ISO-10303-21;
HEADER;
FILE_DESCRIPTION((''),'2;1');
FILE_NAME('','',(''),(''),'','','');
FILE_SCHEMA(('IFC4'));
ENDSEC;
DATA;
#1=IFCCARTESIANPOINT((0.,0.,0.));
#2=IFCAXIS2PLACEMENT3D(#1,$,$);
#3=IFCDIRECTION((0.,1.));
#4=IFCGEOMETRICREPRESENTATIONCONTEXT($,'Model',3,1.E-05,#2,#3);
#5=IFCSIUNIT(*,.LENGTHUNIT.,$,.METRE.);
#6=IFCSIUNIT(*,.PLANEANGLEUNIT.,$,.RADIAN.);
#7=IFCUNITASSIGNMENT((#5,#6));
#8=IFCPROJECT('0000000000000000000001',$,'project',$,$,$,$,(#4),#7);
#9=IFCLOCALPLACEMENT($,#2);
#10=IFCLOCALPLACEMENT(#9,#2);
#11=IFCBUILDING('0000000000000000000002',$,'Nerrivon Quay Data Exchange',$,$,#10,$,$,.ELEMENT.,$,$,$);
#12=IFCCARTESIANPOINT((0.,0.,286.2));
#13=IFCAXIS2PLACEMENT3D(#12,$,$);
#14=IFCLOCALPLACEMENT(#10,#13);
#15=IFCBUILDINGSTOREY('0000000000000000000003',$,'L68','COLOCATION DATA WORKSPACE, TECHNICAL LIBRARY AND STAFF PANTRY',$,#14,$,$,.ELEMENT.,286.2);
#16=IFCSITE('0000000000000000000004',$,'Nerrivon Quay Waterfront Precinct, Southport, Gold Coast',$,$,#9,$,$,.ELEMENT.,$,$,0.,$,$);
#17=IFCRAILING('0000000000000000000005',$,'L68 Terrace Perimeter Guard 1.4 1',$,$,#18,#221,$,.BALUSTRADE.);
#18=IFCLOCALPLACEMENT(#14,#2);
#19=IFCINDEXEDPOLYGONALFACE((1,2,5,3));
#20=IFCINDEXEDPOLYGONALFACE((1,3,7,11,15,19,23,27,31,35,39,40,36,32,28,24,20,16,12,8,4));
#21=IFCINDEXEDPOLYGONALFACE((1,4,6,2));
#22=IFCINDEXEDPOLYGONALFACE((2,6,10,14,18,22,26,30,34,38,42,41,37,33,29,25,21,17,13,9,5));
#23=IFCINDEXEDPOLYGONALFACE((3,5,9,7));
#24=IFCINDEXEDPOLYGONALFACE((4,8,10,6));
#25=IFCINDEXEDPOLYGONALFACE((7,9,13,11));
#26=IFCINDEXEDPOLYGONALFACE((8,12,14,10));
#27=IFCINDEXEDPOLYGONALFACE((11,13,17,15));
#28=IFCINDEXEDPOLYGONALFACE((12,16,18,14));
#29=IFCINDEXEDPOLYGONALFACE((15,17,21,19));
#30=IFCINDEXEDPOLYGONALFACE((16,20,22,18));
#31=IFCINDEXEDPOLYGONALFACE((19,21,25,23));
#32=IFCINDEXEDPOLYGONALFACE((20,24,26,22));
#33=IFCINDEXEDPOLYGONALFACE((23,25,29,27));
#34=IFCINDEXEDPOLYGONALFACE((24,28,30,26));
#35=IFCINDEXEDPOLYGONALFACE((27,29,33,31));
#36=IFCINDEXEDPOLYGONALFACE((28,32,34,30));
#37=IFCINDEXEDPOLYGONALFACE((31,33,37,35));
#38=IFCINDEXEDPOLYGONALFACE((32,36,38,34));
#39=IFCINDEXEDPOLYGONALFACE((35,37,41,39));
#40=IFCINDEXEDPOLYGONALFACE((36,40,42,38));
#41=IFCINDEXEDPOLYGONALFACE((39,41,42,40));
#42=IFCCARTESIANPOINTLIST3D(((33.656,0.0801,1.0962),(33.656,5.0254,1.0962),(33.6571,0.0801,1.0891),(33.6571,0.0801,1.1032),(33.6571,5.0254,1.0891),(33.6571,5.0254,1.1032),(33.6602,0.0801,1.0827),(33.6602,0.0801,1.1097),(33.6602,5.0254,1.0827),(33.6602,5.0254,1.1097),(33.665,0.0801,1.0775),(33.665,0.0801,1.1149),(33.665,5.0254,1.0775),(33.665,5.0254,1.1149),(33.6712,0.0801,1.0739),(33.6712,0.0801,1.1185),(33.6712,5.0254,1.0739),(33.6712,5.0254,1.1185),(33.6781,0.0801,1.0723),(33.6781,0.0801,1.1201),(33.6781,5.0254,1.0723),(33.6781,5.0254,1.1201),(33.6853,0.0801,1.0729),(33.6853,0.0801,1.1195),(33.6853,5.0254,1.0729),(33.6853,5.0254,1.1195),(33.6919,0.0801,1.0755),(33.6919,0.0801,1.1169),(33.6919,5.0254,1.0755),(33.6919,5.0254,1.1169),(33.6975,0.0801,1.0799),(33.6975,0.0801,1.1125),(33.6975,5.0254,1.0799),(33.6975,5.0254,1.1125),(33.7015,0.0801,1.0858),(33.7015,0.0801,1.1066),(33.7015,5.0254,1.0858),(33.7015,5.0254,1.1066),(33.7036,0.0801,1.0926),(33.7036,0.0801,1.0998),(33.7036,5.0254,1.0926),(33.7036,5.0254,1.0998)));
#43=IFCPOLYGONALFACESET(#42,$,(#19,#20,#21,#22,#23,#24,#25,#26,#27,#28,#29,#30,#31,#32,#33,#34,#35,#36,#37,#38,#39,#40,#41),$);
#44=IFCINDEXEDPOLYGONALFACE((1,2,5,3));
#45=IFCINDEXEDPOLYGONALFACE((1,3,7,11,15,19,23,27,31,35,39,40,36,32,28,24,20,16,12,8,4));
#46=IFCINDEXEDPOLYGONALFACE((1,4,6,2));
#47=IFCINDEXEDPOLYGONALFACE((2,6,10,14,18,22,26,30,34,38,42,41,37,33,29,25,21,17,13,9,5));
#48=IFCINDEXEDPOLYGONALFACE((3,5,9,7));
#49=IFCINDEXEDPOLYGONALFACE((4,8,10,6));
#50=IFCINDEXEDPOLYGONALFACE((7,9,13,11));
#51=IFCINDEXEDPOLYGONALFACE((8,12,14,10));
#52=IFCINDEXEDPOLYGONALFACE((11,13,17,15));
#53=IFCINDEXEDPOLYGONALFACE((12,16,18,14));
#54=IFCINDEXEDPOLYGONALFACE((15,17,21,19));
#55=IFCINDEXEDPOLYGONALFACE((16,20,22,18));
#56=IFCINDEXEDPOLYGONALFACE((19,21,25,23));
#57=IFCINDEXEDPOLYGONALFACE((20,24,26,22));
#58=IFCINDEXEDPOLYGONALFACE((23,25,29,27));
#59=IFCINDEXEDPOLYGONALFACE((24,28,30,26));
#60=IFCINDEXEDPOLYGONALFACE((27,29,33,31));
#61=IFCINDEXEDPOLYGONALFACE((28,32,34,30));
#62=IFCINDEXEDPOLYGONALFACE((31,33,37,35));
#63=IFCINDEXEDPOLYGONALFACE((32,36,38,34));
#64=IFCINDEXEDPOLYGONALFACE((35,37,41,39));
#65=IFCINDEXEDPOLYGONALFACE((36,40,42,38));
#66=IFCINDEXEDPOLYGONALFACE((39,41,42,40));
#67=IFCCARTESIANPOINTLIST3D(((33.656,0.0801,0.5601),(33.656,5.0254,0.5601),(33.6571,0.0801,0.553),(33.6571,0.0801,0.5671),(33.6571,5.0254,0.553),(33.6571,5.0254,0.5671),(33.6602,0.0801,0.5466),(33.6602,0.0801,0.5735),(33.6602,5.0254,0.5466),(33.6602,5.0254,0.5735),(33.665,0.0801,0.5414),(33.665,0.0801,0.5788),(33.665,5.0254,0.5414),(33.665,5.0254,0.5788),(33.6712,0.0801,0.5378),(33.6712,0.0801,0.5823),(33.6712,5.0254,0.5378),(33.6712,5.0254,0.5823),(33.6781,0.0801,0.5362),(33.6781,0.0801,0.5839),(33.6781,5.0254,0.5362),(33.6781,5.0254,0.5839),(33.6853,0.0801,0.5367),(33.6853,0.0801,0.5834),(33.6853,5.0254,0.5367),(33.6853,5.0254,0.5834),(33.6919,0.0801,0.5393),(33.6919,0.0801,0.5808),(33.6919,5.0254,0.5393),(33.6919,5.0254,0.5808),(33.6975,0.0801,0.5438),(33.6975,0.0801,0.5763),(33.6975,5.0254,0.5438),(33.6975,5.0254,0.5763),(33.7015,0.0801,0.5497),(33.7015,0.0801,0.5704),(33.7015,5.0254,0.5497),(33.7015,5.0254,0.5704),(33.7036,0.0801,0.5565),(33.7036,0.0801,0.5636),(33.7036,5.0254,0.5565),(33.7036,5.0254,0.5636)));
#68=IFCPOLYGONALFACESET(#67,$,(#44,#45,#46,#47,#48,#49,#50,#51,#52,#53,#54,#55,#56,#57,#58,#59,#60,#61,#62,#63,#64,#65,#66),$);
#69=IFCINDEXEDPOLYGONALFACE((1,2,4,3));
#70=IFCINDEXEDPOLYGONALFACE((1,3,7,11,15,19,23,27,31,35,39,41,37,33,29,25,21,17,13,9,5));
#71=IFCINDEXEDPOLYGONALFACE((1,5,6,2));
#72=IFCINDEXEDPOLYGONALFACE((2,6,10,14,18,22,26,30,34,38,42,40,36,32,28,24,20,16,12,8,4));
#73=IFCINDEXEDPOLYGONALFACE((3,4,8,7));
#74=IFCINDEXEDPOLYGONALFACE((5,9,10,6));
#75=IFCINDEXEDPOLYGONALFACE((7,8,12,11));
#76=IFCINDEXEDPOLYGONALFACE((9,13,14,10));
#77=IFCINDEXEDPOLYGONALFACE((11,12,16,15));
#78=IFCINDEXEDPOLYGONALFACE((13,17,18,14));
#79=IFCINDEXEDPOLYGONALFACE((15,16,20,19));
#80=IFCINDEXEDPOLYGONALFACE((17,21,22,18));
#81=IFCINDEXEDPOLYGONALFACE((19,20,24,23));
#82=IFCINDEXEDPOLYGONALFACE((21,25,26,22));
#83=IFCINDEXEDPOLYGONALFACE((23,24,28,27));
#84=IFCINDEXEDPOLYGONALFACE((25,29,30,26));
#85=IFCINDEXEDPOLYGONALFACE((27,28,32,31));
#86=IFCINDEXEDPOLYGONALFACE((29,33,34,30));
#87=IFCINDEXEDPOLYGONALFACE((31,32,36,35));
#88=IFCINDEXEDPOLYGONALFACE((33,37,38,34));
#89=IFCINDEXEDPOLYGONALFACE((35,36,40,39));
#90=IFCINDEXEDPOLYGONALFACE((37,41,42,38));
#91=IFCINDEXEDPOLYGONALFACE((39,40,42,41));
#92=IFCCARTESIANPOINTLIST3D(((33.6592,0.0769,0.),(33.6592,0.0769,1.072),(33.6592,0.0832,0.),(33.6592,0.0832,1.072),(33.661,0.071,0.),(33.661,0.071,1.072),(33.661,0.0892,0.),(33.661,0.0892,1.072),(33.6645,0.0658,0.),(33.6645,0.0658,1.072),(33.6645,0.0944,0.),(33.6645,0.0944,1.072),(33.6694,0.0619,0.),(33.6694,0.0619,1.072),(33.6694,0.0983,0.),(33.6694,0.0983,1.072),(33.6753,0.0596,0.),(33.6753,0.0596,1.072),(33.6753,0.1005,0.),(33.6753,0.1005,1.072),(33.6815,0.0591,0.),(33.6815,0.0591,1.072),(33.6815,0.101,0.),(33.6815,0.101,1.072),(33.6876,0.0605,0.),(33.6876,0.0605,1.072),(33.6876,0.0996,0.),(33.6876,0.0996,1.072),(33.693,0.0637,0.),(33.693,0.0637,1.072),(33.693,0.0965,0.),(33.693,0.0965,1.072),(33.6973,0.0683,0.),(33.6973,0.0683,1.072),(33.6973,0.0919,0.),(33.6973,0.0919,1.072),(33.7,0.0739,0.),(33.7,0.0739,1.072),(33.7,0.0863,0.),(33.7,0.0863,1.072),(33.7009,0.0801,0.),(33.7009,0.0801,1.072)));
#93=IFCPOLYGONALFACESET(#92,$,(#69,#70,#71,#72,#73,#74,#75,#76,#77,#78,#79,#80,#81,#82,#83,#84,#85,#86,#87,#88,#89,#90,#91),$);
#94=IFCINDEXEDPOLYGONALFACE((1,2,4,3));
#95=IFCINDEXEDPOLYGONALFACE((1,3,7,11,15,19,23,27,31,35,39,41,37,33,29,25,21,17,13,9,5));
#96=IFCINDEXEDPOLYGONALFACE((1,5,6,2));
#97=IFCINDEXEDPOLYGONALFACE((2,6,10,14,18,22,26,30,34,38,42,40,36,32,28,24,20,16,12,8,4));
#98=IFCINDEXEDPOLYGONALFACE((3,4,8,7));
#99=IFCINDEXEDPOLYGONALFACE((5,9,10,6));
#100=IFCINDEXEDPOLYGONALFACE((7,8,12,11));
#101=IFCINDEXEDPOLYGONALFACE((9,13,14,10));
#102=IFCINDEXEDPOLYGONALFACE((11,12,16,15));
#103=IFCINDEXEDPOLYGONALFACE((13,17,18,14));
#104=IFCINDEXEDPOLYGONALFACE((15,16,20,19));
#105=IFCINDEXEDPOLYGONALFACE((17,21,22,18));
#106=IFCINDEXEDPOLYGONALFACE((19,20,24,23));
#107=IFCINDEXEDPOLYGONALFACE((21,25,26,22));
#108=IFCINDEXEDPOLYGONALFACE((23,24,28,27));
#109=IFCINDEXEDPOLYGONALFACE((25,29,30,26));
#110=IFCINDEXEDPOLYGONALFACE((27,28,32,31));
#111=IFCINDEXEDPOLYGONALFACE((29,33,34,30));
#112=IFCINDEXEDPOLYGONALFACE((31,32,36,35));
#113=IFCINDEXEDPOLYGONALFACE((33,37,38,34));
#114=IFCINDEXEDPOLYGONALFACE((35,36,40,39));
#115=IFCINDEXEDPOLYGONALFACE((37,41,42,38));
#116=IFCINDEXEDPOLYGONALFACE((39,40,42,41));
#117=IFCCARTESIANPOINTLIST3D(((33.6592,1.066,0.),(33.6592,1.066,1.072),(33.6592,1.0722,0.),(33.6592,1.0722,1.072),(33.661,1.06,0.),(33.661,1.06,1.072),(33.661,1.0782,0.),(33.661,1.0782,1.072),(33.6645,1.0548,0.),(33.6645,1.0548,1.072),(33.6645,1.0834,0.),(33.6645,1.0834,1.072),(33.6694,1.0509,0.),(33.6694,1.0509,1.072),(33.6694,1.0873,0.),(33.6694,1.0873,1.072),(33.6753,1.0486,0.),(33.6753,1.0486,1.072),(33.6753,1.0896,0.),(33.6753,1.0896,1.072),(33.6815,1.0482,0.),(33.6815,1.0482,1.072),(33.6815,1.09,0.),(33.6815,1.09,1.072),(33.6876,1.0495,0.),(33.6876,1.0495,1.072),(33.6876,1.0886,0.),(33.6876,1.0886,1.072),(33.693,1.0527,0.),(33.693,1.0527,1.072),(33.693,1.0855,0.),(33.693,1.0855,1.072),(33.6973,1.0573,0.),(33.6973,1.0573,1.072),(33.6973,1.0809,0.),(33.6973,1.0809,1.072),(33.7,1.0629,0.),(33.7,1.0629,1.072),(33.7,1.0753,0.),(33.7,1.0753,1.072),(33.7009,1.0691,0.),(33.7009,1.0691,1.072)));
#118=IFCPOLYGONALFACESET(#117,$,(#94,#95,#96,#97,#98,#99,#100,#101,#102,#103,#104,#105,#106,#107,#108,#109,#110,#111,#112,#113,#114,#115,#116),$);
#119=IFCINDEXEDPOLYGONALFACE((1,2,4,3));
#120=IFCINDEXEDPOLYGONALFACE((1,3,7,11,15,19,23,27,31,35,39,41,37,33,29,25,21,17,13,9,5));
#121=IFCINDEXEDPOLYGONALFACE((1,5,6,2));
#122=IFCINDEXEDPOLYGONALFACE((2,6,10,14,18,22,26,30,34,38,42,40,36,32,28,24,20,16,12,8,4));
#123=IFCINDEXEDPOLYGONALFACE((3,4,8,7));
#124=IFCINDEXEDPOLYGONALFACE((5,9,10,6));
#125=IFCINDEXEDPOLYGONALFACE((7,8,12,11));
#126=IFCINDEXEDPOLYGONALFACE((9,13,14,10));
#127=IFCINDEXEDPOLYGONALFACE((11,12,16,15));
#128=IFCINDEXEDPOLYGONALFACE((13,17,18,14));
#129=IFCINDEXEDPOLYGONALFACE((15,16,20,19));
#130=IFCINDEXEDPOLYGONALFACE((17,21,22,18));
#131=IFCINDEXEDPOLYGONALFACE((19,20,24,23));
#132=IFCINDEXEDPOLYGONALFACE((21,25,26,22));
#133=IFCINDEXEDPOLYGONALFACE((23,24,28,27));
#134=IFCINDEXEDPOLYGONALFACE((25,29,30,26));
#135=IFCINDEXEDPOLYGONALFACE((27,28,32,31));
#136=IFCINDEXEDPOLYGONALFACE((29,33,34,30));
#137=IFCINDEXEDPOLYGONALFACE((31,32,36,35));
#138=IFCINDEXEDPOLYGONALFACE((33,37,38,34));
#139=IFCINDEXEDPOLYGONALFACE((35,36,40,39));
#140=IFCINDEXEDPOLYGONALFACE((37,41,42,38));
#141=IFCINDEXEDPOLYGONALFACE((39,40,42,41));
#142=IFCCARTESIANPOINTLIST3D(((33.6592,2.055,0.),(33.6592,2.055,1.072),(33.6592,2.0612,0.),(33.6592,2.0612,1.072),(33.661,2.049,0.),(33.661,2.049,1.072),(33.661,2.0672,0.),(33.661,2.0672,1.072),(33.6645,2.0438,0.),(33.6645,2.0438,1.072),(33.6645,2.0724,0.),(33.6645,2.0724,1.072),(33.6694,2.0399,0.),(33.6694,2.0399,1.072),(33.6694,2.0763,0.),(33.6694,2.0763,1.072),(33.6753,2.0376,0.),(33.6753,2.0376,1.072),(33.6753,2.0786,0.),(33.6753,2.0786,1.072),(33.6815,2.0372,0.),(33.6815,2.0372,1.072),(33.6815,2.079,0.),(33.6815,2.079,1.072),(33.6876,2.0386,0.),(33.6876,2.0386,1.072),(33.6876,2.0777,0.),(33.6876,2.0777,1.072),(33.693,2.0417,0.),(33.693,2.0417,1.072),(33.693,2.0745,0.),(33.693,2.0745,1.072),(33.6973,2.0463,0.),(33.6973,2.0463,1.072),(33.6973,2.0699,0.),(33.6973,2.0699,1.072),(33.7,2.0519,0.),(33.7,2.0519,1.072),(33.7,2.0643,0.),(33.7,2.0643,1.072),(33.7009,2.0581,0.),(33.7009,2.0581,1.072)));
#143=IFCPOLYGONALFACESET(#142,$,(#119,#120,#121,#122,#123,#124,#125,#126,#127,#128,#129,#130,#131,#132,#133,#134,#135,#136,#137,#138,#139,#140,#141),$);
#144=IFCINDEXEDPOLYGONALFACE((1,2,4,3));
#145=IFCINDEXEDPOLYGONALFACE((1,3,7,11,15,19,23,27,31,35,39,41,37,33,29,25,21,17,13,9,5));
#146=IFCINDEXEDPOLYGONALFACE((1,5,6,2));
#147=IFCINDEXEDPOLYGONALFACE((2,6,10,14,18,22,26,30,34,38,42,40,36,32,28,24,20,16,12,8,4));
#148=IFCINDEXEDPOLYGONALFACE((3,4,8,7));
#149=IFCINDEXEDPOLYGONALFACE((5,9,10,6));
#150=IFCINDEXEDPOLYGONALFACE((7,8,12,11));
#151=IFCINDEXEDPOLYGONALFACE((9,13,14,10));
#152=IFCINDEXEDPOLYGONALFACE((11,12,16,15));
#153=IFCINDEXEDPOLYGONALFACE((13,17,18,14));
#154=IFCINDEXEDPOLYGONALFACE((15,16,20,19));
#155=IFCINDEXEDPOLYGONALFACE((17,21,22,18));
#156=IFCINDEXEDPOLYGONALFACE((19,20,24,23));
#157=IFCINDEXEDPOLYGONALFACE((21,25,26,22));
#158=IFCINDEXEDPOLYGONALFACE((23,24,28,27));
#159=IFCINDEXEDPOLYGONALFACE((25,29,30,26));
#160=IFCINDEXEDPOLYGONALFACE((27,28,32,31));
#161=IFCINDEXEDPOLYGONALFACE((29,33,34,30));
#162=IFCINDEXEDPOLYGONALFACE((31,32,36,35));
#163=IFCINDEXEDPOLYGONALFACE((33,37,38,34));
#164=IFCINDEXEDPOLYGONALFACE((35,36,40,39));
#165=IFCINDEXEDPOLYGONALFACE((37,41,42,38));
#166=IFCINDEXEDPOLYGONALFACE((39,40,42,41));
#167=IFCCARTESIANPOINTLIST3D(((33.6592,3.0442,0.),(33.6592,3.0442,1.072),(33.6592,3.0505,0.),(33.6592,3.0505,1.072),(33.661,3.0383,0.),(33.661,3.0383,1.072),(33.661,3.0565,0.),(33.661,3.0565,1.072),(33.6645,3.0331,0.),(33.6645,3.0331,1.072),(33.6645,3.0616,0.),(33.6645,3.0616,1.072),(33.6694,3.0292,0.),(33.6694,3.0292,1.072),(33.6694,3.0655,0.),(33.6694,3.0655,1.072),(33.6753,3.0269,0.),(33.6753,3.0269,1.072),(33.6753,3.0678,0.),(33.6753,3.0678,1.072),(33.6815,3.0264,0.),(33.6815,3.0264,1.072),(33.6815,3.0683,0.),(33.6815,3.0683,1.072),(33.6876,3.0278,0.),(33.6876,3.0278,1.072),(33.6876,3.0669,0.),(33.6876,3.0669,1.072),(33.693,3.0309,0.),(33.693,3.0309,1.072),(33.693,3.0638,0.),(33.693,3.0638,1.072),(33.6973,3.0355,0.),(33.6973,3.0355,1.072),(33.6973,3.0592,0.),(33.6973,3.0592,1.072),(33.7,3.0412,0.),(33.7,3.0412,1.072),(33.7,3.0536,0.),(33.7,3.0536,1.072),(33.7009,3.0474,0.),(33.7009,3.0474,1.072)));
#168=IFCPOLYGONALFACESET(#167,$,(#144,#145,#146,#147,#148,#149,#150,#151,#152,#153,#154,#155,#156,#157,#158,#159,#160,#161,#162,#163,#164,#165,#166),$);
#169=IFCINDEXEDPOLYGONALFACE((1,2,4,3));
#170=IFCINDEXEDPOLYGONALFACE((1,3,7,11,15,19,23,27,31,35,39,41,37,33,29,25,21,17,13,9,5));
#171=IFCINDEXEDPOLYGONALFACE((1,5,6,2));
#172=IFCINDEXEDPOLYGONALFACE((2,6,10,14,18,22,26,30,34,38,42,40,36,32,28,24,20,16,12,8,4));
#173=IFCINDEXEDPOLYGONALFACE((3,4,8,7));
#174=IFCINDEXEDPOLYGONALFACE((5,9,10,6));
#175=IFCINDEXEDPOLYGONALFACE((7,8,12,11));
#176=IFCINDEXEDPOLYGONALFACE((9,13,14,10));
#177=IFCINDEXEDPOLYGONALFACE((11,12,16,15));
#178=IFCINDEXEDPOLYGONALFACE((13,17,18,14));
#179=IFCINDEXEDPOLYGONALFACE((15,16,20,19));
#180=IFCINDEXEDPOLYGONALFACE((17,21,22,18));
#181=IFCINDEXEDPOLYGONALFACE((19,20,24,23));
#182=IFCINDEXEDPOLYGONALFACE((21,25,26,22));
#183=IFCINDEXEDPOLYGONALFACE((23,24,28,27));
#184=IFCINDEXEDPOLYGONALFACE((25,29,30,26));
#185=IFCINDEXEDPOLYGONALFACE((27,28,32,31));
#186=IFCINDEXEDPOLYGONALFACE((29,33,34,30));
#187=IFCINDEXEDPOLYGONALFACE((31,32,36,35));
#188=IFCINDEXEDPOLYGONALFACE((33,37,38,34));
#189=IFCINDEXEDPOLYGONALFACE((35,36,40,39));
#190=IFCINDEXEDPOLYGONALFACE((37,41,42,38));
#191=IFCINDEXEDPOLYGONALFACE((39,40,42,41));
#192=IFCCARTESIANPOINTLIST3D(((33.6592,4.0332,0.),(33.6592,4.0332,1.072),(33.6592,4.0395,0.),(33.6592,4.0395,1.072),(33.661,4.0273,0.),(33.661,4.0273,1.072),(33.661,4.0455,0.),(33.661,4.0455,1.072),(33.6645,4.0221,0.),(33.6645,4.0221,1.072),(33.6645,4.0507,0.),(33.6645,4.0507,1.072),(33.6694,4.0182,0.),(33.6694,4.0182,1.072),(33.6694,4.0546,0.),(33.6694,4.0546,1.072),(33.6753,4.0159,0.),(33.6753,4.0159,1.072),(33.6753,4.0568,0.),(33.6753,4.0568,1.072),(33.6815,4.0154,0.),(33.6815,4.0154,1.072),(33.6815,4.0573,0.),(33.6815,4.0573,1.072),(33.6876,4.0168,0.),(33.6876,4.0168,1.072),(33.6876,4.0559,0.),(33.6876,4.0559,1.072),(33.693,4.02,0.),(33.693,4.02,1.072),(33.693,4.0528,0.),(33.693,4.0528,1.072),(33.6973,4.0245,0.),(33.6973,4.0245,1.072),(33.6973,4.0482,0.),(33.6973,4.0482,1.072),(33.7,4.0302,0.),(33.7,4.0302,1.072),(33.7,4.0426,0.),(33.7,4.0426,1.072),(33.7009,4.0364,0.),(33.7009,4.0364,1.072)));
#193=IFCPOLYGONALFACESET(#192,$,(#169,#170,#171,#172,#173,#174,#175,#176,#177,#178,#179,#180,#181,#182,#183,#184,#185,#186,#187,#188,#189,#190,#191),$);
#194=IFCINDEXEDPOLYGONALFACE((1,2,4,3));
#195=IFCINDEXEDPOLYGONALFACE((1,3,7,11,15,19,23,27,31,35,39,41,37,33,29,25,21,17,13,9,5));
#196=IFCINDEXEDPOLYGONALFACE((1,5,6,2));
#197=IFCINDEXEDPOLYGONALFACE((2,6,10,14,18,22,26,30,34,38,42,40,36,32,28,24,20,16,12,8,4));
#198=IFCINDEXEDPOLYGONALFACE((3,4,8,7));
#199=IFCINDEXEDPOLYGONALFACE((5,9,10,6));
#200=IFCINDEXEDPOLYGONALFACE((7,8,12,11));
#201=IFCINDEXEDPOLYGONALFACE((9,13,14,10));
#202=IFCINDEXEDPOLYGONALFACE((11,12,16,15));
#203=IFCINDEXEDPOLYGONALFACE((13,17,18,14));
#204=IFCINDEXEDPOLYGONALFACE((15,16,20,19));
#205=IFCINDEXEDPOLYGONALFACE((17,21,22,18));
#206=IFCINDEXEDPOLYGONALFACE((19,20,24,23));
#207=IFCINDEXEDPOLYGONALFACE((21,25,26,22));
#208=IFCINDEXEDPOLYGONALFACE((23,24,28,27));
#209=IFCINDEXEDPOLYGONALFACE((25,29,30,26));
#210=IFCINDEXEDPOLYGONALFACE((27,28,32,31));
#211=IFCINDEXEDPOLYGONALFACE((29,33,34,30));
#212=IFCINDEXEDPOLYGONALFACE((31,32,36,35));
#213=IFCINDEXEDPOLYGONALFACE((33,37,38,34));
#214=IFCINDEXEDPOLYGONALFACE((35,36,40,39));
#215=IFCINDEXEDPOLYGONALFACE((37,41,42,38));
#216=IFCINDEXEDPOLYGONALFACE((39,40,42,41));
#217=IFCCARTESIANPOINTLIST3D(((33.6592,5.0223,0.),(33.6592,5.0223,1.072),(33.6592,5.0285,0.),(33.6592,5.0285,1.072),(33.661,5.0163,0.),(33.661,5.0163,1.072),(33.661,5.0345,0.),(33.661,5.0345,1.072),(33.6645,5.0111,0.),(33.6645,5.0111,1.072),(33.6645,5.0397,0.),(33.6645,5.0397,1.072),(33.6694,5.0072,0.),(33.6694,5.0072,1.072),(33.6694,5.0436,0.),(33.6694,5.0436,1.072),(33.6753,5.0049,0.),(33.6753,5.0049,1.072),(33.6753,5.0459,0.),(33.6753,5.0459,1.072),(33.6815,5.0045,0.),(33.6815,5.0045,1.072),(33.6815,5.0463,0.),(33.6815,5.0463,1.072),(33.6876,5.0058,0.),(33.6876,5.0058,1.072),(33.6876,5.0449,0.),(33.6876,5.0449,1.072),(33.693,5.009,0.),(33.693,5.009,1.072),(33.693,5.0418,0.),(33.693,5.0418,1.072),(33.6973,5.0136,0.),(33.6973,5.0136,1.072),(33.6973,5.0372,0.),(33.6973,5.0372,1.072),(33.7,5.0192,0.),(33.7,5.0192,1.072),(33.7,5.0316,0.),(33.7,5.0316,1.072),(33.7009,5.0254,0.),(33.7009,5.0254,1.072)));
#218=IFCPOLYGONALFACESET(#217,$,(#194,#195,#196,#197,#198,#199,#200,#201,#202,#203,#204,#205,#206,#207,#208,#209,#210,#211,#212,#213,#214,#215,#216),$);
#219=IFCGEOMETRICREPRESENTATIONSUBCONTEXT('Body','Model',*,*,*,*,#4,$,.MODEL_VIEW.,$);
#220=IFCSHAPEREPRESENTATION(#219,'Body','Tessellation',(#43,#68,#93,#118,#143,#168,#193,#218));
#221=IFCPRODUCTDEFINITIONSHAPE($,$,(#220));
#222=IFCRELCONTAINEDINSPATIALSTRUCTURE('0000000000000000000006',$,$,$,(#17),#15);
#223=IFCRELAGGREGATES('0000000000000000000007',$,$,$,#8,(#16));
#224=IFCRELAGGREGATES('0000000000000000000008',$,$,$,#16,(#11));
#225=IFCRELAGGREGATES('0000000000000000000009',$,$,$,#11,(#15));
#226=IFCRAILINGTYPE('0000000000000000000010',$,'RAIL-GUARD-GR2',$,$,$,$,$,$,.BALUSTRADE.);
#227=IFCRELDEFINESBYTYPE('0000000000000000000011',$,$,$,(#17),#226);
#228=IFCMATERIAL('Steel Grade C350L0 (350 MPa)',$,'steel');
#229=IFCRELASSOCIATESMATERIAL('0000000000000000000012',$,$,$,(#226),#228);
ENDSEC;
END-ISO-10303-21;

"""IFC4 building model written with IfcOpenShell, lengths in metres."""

from ifc_helpers import new_model, si_unit, direction, frame, origin, origin_2d, place, context, subcontext, project, spatial, circle, extrude, material, type_object, element, save


model = new_model("IFC4")

# Units and contexts
model_context = context("Model", 3, precision=1e-05, world=origin(), true_north=direction((0.0, 1.0)))
body_context = subcontext(model_context, "Body", "Model", "MODEL_VIEW")
ifc_project = project(units=[si_unit("LENGTHUNIT", "METRE"), si_unit("PLANEANGLEUNIT", "RADIAN")], contexts=[model_context])

# Site, building, storey
site_placement = place(None, origin())
site = spatial("IfcSite", under=ifc_project, at=site_placement, Name="Nerrivon Quay Waterfront Precinct, Southport, Gold Coast", CompositionType="ELEMENT", RefElevation=0.0)
building_placement = place(site_placement, origin())
building = spatial("IfcBuilding", under=site, at=building_placement, Name="Nerrivon Quay Data Exchange", CompositionType="ELEMENT")
storey_placement = place(building_placement, frame((0.0, 0.0, 286.2)))
storey = spatial("IfcBuildingStorey", under=building, at=storey_placement, Name="L68", Description="COLOCATION DATA WORKSPACE, TECHNICAL LIBRARY AND STAFF PANTRY", CompositionType="ELEMENT", Elevation=286.2)

# Railing
ifc_material_1 = material(Name="Steel Grade C350L0 (350 MPa)", Category="steel")
railing_type = type_object("IfcRailingType", Name="RAIL-GUARD-GR2", PredefinedType="BALUSTRADE", material=ifc_material_1)
railing_1_placement = place(storey_placement, frame((33.6799, 0.0801, 0.0)))
element("IfcRailing", 1, at=railing_1_placement, inside=storey, type_object=railing_type, Name="L68 Terrace Perimeter Guard 1.4 1", PredefinedType="BALUSTRADE", context=body_context, shape_type="SweptSolid", body=[
    extrude(circle(Radius=0.0239, at=origin_2d()), frame((0.0, 0.0, 1.0962), z_axis=(0.0, 1.0, 0.0), x_axis=(-1.0, 0.0, 0.0)), (0.0, 0.0, 1.0), 4.9453),
    extrude(circle(Radius=0.0239, at=origin_2d()), frame((0.0, 0.0, 0.5601), z_axis=(0.0, 1.0, 0.0), x_axis=(-1.0, 0.0, 0.0)), (0.0, 0.0, 1.0), 4.9453),
    extrude(circle(Radius=0.021, at=origin_2d()), origin(), (0.0, 0.0, 1.0), 1.072),
    extrude(circle(Radius=0.021, at=origin_2d()), frame((0.0, 0.989, 0.0)), (0.0, 0.0, 1.0), 1.072),
    extrude(circle(Radius=0.021, at=origin_2d()), frame((0.0, 1.978, 0.0)), (0.0, 0.0, 1.0), 1.072),
    extrude(circle(Radius=0.021, at=origin_2d()), frame((0.0, 2.9673, 0.0)), (0.0, 0.0, 1.0), 1.072),
    extrude(circle(Radius=0.021, at=origin_2d()), frame((0.0, 3.9563, 0.0)), (0.0, 0.0, 1.0), 1.072),
    extrude(circle(Radius=0.021, at=origin_2d()), frame((0.0, 4.9453, 0.0)), (0.0, 0.0, 1.0), 1.072),
])

save(model, "model.ifc")
